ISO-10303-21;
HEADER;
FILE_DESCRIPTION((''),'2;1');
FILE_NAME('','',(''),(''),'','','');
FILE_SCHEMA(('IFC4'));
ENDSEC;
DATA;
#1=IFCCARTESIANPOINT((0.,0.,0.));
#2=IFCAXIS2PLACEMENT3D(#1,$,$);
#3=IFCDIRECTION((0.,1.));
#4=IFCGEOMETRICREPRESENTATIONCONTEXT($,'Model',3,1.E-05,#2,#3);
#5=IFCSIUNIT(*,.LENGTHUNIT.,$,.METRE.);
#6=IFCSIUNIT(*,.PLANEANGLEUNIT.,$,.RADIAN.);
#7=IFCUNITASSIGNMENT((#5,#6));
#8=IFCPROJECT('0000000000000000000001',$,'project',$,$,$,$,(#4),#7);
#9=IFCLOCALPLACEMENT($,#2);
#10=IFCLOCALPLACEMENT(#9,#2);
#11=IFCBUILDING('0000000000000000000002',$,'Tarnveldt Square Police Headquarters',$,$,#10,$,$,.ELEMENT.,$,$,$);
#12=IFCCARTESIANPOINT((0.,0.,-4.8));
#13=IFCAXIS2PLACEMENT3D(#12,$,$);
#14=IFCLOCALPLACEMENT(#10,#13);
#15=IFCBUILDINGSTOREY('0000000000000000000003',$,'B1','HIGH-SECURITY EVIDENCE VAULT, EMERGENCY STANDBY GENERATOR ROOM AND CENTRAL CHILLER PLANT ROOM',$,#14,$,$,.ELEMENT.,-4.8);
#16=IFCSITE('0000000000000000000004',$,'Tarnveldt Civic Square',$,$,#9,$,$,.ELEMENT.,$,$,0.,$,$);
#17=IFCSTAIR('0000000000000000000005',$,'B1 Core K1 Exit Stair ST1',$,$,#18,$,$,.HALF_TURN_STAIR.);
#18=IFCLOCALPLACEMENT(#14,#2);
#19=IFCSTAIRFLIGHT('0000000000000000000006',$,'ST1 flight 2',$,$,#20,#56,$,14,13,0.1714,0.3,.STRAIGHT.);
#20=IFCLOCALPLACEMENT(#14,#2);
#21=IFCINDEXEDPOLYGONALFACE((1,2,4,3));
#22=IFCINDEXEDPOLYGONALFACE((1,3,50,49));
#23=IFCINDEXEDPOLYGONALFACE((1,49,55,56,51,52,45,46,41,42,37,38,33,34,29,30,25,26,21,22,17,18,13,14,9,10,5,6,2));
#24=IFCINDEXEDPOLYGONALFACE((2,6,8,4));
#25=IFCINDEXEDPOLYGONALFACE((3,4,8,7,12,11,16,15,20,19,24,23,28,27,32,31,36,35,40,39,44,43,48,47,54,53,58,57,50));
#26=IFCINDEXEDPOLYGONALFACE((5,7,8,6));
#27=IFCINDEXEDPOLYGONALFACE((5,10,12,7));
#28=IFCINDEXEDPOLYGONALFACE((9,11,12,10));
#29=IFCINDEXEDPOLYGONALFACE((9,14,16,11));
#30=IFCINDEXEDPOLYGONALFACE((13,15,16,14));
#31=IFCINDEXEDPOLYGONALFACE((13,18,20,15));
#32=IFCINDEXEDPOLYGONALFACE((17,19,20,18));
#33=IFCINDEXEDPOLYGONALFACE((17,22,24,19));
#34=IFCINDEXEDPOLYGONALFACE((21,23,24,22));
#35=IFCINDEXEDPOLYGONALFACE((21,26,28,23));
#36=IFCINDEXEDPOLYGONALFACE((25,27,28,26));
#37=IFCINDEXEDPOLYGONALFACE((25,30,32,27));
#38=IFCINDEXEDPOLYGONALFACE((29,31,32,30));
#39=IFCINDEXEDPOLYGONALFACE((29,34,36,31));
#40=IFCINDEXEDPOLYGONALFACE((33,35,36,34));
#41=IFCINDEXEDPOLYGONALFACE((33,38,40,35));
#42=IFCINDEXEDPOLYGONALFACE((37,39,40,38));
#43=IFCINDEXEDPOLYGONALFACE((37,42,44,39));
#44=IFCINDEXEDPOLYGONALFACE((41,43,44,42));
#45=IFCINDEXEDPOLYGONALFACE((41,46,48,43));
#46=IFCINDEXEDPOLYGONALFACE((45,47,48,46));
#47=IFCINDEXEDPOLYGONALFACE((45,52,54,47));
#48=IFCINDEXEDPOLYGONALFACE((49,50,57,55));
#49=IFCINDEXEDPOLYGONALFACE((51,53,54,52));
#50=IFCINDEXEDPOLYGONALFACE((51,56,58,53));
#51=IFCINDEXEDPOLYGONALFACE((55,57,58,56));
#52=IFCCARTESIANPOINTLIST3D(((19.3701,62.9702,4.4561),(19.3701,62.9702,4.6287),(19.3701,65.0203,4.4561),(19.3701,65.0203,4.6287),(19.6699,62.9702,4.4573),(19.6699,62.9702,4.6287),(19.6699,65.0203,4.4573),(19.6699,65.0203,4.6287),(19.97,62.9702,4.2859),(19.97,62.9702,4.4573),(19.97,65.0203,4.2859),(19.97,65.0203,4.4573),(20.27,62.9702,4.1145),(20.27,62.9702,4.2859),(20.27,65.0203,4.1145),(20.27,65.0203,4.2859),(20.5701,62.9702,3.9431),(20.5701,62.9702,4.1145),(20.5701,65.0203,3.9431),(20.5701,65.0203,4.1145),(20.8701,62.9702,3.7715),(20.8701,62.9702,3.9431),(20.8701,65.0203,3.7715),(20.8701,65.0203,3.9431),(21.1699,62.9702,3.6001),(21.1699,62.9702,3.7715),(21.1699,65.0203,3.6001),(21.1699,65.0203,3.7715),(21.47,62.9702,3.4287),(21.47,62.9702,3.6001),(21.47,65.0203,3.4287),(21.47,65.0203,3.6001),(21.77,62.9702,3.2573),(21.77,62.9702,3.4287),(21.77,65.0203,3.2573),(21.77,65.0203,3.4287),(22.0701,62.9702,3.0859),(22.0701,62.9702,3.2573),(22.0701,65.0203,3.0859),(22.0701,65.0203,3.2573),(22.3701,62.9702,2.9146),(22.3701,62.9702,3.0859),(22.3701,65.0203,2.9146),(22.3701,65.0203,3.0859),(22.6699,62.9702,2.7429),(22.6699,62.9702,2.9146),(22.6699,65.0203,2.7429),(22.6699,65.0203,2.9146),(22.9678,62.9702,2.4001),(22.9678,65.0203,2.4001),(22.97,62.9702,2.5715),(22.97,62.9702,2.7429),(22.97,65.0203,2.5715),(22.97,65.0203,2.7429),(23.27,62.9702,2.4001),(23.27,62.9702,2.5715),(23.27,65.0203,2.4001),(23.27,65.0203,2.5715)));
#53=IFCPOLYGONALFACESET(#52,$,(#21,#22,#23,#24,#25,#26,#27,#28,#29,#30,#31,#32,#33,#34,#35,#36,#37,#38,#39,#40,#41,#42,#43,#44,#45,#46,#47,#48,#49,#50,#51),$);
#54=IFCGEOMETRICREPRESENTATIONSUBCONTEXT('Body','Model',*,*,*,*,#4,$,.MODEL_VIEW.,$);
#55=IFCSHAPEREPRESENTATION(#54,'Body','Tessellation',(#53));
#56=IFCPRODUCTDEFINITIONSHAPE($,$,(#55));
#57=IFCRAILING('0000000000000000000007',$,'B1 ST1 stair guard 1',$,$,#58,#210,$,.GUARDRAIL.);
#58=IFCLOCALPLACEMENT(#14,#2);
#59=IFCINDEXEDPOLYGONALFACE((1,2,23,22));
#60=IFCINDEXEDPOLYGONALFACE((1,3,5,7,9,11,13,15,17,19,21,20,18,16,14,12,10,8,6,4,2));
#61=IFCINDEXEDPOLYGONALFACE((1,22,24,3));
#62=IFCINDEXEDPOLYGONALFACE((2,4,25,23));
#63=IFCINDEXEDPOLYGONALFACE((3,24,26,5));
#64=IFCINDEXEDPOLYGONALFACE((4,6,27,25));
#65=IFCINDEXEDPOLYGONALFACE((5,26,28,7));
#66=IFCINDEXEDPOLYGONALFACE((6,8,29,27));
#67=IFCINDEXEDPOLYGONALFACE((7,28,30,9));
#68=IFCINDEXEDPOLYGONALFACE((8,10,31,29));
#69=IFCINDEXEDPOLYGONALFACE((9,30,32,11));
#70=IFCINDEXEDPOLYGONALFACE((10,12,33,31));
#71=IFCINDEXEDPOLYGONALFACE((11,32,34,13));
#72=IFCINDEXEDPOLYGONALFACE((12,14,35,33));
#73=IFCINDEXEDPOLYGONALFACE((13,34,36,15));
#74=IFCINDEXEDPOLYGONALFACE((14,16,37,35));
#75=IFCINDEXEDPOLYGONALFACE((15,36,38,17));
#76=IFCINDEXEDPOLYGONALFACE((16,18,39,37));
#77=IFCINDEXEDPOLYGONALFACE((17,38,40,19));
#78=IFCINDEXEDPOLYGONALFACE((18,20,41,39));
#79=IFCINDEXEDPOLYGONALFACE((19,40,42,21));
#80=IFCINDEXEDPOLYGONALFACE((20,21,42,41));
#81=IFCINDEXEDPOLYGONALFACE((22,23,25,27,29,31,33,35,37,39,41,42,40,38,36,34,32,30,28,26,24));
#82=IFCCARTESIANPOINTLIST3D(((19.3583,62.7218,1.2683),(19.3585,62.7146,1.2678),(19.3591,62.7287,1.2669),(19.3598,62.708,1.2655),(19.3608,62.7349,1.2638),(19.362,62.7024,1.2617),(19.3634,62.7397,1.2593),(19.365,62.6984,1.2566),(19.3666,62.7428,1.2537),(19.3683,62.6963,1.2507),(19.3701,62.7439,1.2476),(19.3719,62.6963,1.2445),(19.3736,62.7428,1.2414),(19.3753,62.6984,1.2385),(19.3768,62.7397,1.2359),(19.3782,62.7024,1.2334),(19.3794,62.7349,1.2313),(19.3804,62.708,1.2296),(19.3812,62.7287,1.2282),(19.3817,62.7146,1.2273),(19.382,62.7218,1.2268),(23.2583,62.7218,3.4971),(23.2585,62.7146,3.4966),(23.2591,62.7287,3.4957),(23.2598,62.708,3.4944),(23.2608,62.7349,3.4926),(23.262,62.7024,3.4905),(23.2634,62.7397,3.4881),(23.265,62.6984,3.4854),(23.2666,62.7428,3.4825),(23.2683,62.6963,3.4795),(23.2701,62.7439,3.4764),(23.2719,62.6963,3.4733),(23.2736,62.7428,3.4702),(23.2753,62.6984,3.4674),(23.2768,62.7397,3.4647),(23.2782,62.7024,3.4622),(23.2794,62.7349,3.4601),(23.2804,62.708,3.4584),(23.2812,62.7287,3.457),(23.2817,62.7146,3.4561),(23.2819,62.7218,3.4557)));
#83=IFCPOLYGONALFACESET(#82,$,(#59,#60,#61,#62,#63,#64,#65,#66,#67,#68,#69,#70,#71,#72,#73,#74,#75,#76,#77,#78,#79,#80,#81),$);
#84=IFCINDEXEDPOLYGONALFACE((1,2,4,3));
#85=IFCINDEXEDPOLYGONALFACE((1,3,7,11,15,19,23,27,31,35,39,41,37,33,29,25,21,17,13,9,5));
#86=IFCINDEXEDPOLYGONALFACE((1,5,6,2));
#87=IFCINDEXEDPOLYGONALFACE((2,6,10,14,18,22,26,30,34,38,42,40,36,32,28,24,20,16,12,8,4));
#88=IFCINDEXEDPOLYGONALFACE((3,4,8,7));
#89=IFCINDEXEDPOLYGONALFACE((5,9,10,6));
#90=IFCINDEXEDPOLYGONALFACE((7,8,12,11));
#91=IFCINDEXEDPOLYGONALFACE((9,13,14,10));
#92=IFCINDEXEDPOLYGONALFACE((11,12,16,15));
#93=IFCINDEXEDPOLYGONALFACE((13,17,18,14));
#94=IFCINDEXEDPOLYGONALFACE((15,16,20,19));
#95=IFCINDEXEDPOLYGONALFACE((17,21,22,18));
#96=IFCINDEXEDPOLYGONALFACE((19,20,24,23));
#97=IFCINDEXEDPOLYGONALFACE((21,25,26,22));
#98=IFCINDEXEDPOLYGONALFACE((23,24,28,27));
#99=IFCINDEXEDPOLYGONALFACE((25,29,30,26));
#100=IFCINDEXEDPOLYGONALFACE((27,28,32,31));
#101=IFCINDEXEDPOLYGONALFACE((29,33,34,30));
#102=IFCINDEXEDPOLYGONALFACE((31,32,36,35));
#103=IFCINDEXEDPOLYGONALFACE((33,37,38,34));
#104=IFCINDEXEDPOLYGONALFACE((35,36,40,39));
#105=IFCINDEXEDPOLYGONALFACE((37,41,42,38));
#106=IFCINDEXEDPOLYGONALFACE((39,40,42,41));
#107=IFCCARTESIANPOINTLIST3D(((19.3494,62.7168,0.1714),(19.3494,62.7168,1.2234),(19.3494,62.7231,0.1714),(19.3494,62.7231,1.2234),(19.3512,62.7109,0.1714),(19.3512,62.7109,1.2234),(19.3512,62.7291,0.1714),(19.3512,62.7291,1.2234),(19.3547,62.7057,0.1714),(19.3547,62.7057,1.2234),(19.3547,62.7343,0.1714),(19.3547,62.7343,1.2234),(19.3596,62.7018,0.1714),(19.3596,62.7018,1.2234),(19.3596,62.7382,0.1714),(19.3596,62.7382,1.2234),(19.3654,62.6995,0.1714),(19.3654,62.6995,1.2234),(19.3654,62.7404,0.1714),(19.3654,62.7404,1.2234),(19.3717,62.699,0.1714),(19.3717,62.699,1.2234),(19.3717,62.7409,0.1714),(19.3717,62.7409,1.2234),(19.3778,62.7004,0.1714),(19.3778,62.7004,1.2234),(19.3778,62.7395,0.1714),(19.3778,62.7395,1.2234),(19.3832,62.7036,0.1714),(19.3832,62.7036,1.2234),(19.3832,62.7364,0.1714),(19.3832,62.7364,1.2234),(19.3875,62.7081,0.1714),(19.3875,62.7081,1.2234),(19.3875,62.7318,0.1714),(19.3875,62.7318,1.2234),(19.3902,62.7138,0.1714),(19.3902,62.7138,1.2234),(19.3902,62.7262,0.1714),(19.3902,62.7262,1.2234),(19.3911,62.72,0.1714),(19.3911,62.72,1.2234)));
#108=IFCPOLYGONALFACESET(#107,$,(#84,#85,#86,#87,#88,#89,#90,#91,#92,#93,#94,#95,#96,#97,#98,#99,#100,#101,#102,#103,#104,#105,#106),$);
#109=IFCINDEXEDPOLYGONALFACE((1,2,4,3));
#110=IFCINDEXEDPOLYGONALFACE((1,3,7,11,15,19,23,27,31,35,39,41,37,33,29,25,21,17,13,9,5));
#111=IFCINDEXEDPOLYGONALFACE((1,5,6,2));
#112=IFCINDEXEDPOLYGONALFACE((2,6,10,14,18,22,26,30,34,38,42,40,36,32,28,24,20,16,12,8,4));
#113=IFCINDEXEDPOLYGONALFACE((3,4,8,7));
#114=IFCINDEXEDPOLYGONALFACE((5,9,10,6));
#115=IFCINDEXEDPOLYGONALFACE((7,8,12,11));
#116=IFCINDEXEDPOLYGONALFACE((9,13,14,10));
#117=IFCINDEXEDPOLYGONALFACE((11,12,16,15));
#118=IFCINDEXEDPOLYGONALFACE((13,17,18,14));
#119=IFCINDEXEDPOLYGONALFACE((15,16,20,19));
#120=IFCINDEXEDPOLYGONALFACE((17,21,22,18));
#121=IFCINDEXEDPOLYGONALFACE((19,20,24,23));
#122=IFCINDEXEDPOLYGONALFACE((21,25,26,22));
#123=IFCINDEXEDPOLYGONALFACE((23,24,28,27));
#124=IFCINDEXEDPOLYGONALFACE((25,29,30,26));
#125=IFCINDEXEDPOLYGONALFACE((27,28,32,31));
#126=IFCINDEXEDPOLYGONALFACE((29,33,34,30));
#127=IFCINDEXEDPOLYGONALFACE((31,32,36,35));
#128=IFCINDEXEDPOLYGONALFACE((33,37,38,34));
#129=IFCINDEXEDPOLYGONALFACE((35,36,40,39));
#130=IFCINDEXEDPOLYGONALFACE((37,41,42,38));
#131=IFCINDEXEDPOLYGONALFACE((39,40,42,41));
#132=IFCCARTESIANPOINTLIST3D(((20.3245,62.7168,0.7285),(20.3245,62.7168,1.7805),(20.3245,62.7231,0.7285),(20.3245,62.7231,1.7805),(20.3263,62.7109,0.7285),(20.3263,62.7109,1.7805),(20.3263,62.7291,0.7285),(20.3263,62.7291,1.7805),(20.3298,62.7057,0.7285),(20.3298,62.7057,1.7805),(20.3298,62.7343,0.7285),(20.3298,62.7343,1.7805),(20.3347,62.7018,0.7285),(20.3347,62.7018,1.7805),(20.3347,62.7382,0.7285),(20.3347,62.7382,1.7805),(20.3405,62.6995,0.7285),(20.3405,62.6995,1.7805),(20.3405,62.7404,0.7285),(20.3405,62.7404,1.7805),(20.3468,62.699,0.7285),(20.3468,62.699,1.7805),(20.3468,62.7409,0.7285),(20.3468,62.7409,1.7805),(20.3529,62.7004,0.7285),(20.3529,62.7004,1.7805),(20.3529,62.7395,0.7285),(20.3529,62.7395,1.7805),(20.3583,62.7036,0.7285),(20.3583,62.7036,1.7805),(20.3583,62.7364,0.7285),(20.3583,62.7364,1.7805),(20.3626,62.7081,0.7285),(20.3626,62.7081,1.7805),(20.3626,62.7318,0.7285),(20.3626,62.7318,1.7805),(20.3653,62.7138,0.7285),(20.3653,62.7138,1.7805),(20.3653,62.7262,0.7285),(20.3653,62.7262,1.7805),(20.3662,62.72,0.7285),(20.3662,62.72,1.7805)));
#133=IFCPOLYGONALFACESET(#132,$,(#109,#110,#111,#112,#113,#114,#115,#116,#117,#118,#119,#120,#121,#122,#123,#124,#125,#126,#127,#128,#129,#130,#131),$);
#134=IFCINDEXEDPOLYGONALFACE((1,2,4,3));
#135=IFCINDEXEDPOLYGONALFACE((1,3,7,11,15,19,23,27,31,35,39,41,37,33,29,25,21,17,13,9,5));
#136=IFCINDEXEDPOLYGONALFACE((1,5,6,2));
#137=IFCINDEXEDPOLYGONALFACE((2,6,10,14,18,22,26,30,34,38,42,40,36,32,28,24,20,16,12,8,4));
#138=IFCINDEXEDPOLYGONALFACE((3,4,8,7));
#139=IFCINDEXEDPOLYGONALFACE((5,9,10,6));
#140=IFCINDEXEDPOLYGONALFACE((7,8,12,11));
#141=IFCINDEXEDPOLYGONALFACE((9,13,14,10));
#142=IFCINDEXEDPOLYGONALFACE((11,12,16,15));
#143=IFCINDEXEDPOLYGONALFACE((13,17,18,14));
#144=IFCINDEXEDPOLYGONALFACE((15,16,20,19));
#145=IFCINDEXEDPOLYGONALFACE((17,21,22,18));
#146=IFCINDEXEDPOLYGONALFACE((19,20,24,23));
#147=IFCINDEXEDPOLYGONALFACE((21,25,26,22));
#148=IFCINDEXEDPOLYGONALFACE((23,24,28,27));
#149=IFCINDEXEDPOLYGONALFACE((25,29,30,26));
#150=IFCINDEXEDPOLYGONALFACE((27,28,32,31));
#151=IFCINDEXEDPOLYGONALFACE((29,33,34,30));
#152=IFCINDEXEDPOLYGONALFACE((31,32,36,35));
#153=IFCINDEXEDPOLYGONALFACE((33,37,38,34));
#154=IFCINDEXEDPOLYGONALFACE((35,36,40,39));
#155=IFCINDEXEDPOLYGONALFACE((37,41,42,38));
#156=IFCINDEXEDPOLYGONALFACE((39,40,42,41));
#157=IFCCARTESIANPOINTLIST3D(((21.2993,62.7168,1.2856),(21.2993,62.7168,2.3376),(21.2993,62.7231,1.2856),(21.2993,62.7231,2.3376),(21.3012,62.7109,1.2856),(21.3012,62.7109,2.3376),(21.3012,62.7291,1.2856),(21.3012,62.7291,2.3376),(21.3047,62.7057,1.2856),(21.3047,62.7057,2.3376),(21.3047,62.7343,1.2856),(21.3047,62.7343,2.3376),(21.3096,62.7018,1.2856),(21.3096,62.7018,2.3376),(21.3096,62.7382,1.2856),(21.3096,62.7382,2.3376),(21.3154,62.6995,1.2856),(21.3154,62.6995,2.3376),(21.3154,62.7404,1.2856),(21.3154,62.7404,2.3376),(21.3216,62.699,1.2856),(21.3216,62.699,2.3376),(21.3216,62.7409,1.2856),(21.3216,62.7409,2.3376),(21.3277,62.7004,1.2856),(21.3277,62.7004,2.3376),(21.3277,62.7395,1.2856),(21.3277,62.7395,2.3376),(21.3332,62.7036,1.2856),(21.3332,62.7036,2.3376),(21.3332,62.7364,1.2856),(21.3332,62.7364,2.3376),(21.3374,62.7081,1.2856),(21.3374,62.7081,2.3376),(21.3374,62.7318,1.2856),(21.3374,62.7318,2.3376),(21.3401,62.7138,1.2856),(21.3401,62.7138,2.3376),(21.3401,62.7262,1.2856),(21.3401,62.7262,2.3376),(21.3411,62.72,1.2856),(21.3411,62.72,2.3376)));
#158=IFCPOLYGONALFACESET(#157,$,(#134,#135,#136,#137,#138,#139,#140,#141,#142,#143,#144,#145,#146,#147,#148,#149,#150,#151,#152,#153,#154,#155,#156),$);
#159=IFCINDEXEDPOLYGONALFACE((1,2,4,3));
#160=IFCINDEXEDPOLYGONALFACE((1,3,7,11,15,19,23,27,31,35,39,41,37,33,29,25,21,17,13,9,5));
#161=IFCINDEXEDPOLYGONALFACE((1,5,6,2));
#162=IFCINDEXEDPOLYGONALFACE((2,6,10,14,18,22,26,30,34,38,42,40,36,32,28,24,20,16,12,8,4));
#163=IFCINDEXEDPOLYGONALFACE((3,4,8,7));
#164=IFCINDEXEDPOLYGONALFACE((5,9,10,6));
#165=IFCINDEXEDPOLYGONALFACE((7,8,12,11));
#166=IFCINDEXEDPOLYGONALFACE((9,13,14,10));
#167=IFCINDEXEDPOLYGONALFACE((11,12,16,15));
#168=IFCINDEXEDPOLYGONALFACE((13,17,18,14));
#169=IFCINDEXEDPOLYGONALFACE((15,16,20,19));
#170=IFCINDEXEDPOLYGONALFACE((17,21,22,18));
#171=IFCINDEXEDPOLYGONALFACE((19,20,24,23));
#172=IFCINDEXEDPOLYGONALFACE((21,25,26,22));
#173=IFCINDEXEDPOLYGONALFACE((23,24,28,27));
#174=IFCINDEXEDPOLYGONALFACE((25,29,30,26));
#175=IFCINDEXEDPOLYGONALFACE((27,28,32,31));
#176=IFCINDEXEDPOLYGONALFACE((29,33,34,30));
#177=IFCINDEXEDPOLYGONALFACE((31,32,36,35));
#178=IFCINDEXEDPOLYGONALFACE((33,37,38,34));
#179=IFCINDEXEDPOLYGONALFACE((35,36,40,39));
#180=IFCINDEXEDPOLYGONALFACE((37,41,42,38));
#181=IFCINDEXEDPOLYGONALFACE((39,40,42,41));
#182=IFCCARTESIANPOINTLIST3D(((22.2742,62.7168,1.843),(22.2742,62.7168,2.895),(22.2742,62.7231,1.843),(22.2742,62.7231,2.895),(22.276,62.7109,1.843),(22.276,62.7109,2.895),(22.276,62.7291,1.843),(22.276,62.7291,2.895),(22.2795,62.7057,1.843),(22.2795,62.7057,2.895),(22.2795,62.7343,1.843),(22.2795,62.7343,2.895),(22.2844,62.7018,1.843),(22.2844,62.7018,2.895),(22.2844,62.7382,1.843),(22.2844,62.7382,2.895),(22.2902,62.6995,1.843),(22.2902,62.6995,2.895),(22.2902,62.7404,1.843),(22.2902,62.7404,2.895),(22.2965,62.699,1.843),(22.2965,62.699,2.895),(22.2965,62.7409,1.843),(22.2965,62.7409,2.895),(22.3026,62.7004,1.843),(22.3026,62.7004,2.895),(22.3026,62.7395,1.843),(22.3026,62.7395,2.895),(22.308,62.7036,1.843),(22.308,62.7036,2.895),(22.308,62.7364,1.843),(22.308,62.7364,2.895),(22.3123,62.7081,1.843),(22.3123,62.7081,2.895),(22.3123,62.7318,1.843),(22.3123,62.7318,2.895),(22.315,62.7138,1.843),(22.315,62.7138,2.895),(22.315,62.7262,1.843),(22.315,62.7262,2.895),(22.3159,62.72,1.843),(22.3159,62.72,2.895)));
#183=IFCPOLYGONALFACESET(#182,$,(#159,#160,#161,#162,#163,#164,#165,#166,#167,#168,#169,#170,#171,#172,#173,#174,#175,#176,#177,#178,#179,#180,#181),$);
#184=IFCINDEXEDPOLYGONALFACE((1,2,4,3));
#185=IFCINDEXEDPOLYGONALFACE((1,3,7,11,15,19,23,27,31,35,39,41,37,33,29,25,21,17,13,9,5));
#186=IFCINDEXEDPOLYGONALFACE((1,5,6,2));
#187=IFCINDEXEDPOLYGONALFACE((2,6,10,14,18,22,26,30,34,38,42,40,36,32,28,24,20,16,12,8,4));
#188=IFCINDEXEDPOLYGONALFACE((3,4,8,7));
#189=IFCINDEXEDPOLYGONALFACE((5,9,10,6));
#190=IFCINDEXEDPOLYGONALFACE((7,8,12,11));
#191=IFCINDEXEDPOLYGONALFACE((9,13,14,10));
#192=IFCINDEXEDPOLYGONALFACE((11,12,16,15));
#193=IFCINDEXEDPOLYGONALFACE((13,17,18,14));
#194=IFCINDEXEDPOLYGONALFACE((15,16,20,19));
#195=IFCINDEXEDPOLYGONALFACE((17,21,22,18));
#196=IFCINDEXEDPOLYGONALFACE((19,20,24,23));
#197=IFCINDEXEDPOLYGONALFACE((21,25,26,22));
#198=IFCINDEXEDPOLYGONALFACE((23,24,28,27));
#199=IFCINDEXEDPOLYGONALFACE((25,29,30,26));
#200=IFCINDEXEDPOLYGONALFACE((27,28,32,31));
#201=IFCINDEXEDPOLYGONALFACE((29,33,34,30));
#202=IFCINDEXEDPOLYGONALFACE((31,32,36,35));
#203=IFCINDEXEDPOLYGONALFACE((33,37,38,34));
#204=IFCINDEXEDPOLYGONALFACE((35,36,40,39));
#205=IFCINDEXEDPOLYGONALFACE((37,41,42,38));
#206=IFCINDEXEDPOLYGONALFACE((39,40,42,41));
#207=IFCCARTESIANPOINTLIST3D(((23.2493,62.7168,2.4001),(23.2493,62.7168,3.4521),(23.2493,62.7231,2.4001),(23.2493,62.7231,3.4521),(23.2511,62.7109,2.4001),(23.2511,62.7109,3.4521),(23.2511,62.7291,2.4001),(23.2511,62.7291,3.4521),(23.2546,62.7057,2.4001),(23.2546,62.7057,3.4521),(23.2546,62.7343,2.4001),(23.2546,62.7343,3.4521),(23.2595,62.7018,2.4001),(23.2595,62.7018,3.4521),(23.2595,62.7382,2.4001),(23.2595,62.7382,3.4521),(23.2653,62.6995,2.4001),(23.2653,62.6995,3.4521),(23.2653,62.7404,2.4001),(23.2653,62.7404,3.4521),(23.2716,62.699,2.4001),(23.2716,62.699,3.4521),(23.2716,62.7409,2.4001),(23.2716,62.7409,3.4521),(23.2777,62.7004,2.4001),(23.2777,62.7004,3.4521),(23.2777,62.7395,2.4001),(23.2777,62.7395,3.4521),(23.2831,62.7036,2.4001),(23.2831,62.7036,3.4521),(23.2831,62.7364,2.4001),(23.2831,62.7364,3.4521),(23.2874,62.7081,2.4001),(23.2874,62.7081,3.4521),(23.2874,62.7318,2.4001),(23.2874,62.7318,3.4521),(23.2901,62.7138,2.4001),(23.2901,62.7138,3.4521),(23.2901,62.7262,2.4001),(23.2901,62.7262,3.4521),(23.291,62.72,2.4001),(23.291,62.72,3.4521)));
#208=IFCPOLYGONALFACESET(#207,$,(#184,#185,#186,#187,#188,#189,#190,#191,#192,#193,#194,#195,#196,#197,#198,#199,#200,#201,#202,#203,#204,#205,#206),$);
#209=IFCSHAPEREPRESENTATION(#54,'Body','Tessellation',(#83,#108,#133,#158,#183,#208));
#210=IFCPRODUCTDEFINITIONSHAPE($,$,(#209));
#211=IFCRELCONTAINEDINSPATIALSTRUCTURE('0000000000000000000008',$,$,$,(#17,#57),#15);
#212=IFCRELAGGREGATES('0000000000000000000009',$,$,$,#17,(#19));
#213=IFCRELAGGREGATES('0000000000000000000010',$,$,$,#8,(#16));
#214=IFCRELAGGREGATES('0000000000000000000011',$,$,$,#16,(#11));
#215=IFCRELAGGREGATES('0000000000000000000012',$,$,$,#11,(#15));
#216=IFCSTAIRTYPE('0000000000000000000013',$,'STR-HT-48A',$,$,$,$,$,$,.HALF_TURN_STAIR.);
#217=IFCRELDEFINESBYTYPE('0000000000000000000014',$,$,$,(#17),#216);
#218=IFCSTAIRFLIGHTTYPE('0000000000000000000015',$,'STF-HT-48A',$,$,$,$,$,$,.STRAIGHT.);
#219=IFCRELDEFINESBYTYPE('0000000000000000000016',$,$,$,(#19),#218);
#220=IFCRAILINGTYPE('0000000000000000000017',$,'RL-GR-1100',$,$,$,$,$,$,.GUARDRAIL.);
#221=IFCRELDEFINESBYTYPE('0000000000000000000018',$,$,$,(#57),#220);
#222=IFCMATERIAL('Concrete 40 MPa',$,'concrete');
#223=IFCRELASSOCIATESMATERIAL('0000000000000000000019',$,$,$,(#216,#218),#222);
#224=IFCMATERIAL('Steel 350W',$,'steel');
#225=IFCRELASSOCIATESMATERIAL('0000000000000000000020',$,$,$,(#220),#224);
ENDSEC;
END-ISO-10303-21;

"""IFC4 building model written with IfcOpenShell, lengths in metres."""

from ifc_helpers import new_model, si_unit, direction, frame, origin, origin_2d, place, context, subcontext, project, spatial, polyline, circle, outline, extrude, material, type_object, element, aggregate, save


model = new_model("IFC4")

# Units and contexts
model_context = context("Model", 3, precision=1e-05, world=origin(), true_north=direction((0.0, 1.0)))
body_context = subcontext(model_context, "Body", "Model", "MODEL_VIEW")
ifc_project = project(units=[si_unit("LENGTHUNIT", "METRE"), si_unit("PLANEANGLEUNIT", "RADIAN")], contexts=[model_context])

# Site, building, storey
site_placement = place(None, origin())
site = spatial("IfcSite", under=ifc_project, at=site_placement, Name="Tarnveldt Civic Square", CompositionType="ELEMENT", RefElevation=0.0)
building_placement = place(site_placement, origin())
building = spatial("IfcBuilding", under=site, at=building_placement, Name="Tarnveldt Square Police Headquarters", CompositionType="ELEMENT")
storey_placement = place(building_placement, frame((0.0, 0.0, -4.8)))
storey = spatial("IfcBuildingStorey", under=building, at=storey_placement, Name="B1", Description="HIGH-SECURITY EVIDENCE VAULT, EMERGENCY STANDBY GENERATOR ROOM AND CENTRAL CHILLER PLANT ROOM", CompositionType="ELEMENT", Elevation=-4.8)

# Shared definitions
ifc_material_1 = material(Name="Steel 350W", Category="steel")

# Stair, stair flight
ifc_material_2 = material(Name="Concrete 40 MPa", Category="concrete")
stair_type = type_object("IfcStairType", Name="STR-HT-48A", PredefinedType="HALF_TURN_STAIR", material=ifc_material_2)
stair_placement = place(storey_placement, origin())
stair = element("IfcStair", 1, at=stair_placement, inside=storey, type_object=stair_type, Name="B1 Core K1 Exit Stair ST1", PredefinedType="HALF_TURN_STAIR")
stair_flight_type = type_object("IfcStairFlightType", Name="STF-HT-48A", PredefinedType="STRAIGHT", material=ifc_material_2)
stair_flight_1_placement = place(storey_placement, frame((23.27, 63.9951, 2.4001), z_axis=(0.0, 0.0, 1.0), x_axis=(-1.0, 0.0, 0.0)))
stair_flight_1 = element("IfcStairFlight", 2, at=stair_flight_1_placement, type_object=stair_flight_type, Name="ST1 flight 2", NumberOfRisers=14, NumberOfTreads=13, PredefinedType="STRAIGHT", RiserHeight=0.1714, TreadLength=0.3, context=body_context, shape_type="SweptSolid", body=[
    extrude(outline(polyline([(0.0, 0.0), (0.0, 0.1714), (0.3, 0.1714), (0.3, 0.3428), (0.6001, 0.3428), (0.6001, 0.5144), (0.8999, 0.5144), (0.8999, 0.6858), (1.2, 0.6858), (1.2, 0.8572), (1.5, 0.8572), (1.5, 1.0286), (1.8, 1.0286), (1.8, 1.2), (2.1001, 1.2), (2.1001, 1.3713), (2.3999, 1.3713), (2.3999, 1.543), (2.7, 1.543), (2.7, 1.7144), (3.0, 1.7144), (3.0, 1.8857), (3.3, 1.8857), (3.3, 2.0571), (3.6001, 2.0571), (3.6001, 2.2285), (3.8999, 2.2285), (3.8999, 2.3999), (3.8999, 2.0559), (0.3022, 0.0), (0.0, 0.0)])), frame((0.0, 1.0249, 0.0), z_axis=(0.0, -1.0, 0.0), x_axis=(1.0, 0.0, 0.0)), (0.0, 0.0, 1.0), 2.05),
])
aggregate(stair, [stair_flight_1])

# Railing
railing_type_1 = type_object("IfcRailingType", Name="RL-GR-1100", PredefinedType="GUARDRAIL", material=ifc_material_1)
railing_1_placement = place(storey_placement, frame((19.3701, 62.72, 0.1714)))
element("IfcRailing", 3, at=railing_1_placement, inside=storey, type_object=railing_type_1, Name="B1 ST1 stair guard 1", PredefinedType="GUARDRAIL", context=body_context, shape_type="SweptSolid", body=[
    extrude(circle(Radius=0.0239, at=origin_2d()), frame((0.0, 0.0, 1.0762), z_axis=(0.86822, 0.0, 0.49618), x_axis=(0.0, 1.0, 0.0)), (0.0, 0.0, 1.0), 4.4919),
    extrude(circle(Radius=0.021, at=origin_2d()), origin(), (0.0, 0.0, 1.0), 1.052),
    extrude(circle(Radius=0.021, at=origin_2d()), frame((0.9751, 0.0, 0.5571)), (0.0, 0.0, 1.0), 1.052),
    extrude(circle(Radius=0.021, at=origin_2d()), frame((1.95, 0.0, 1.1143)), (0.0, 0.0, 1.0), 1.052),
    extrude(circle(Radius=0.021, at=origin_2d()), frame((2.9248, 0.0, 1.6716)), (0.0, 0.0, 1.0), 1.052),
    extrude(circle(Radius=0.021, at=origin_2d()), frame((3.8999, 0.0, 2.2288)), (0.0, 0.0, 1.0), 1.052),
])

save(model, "model.ifc")
